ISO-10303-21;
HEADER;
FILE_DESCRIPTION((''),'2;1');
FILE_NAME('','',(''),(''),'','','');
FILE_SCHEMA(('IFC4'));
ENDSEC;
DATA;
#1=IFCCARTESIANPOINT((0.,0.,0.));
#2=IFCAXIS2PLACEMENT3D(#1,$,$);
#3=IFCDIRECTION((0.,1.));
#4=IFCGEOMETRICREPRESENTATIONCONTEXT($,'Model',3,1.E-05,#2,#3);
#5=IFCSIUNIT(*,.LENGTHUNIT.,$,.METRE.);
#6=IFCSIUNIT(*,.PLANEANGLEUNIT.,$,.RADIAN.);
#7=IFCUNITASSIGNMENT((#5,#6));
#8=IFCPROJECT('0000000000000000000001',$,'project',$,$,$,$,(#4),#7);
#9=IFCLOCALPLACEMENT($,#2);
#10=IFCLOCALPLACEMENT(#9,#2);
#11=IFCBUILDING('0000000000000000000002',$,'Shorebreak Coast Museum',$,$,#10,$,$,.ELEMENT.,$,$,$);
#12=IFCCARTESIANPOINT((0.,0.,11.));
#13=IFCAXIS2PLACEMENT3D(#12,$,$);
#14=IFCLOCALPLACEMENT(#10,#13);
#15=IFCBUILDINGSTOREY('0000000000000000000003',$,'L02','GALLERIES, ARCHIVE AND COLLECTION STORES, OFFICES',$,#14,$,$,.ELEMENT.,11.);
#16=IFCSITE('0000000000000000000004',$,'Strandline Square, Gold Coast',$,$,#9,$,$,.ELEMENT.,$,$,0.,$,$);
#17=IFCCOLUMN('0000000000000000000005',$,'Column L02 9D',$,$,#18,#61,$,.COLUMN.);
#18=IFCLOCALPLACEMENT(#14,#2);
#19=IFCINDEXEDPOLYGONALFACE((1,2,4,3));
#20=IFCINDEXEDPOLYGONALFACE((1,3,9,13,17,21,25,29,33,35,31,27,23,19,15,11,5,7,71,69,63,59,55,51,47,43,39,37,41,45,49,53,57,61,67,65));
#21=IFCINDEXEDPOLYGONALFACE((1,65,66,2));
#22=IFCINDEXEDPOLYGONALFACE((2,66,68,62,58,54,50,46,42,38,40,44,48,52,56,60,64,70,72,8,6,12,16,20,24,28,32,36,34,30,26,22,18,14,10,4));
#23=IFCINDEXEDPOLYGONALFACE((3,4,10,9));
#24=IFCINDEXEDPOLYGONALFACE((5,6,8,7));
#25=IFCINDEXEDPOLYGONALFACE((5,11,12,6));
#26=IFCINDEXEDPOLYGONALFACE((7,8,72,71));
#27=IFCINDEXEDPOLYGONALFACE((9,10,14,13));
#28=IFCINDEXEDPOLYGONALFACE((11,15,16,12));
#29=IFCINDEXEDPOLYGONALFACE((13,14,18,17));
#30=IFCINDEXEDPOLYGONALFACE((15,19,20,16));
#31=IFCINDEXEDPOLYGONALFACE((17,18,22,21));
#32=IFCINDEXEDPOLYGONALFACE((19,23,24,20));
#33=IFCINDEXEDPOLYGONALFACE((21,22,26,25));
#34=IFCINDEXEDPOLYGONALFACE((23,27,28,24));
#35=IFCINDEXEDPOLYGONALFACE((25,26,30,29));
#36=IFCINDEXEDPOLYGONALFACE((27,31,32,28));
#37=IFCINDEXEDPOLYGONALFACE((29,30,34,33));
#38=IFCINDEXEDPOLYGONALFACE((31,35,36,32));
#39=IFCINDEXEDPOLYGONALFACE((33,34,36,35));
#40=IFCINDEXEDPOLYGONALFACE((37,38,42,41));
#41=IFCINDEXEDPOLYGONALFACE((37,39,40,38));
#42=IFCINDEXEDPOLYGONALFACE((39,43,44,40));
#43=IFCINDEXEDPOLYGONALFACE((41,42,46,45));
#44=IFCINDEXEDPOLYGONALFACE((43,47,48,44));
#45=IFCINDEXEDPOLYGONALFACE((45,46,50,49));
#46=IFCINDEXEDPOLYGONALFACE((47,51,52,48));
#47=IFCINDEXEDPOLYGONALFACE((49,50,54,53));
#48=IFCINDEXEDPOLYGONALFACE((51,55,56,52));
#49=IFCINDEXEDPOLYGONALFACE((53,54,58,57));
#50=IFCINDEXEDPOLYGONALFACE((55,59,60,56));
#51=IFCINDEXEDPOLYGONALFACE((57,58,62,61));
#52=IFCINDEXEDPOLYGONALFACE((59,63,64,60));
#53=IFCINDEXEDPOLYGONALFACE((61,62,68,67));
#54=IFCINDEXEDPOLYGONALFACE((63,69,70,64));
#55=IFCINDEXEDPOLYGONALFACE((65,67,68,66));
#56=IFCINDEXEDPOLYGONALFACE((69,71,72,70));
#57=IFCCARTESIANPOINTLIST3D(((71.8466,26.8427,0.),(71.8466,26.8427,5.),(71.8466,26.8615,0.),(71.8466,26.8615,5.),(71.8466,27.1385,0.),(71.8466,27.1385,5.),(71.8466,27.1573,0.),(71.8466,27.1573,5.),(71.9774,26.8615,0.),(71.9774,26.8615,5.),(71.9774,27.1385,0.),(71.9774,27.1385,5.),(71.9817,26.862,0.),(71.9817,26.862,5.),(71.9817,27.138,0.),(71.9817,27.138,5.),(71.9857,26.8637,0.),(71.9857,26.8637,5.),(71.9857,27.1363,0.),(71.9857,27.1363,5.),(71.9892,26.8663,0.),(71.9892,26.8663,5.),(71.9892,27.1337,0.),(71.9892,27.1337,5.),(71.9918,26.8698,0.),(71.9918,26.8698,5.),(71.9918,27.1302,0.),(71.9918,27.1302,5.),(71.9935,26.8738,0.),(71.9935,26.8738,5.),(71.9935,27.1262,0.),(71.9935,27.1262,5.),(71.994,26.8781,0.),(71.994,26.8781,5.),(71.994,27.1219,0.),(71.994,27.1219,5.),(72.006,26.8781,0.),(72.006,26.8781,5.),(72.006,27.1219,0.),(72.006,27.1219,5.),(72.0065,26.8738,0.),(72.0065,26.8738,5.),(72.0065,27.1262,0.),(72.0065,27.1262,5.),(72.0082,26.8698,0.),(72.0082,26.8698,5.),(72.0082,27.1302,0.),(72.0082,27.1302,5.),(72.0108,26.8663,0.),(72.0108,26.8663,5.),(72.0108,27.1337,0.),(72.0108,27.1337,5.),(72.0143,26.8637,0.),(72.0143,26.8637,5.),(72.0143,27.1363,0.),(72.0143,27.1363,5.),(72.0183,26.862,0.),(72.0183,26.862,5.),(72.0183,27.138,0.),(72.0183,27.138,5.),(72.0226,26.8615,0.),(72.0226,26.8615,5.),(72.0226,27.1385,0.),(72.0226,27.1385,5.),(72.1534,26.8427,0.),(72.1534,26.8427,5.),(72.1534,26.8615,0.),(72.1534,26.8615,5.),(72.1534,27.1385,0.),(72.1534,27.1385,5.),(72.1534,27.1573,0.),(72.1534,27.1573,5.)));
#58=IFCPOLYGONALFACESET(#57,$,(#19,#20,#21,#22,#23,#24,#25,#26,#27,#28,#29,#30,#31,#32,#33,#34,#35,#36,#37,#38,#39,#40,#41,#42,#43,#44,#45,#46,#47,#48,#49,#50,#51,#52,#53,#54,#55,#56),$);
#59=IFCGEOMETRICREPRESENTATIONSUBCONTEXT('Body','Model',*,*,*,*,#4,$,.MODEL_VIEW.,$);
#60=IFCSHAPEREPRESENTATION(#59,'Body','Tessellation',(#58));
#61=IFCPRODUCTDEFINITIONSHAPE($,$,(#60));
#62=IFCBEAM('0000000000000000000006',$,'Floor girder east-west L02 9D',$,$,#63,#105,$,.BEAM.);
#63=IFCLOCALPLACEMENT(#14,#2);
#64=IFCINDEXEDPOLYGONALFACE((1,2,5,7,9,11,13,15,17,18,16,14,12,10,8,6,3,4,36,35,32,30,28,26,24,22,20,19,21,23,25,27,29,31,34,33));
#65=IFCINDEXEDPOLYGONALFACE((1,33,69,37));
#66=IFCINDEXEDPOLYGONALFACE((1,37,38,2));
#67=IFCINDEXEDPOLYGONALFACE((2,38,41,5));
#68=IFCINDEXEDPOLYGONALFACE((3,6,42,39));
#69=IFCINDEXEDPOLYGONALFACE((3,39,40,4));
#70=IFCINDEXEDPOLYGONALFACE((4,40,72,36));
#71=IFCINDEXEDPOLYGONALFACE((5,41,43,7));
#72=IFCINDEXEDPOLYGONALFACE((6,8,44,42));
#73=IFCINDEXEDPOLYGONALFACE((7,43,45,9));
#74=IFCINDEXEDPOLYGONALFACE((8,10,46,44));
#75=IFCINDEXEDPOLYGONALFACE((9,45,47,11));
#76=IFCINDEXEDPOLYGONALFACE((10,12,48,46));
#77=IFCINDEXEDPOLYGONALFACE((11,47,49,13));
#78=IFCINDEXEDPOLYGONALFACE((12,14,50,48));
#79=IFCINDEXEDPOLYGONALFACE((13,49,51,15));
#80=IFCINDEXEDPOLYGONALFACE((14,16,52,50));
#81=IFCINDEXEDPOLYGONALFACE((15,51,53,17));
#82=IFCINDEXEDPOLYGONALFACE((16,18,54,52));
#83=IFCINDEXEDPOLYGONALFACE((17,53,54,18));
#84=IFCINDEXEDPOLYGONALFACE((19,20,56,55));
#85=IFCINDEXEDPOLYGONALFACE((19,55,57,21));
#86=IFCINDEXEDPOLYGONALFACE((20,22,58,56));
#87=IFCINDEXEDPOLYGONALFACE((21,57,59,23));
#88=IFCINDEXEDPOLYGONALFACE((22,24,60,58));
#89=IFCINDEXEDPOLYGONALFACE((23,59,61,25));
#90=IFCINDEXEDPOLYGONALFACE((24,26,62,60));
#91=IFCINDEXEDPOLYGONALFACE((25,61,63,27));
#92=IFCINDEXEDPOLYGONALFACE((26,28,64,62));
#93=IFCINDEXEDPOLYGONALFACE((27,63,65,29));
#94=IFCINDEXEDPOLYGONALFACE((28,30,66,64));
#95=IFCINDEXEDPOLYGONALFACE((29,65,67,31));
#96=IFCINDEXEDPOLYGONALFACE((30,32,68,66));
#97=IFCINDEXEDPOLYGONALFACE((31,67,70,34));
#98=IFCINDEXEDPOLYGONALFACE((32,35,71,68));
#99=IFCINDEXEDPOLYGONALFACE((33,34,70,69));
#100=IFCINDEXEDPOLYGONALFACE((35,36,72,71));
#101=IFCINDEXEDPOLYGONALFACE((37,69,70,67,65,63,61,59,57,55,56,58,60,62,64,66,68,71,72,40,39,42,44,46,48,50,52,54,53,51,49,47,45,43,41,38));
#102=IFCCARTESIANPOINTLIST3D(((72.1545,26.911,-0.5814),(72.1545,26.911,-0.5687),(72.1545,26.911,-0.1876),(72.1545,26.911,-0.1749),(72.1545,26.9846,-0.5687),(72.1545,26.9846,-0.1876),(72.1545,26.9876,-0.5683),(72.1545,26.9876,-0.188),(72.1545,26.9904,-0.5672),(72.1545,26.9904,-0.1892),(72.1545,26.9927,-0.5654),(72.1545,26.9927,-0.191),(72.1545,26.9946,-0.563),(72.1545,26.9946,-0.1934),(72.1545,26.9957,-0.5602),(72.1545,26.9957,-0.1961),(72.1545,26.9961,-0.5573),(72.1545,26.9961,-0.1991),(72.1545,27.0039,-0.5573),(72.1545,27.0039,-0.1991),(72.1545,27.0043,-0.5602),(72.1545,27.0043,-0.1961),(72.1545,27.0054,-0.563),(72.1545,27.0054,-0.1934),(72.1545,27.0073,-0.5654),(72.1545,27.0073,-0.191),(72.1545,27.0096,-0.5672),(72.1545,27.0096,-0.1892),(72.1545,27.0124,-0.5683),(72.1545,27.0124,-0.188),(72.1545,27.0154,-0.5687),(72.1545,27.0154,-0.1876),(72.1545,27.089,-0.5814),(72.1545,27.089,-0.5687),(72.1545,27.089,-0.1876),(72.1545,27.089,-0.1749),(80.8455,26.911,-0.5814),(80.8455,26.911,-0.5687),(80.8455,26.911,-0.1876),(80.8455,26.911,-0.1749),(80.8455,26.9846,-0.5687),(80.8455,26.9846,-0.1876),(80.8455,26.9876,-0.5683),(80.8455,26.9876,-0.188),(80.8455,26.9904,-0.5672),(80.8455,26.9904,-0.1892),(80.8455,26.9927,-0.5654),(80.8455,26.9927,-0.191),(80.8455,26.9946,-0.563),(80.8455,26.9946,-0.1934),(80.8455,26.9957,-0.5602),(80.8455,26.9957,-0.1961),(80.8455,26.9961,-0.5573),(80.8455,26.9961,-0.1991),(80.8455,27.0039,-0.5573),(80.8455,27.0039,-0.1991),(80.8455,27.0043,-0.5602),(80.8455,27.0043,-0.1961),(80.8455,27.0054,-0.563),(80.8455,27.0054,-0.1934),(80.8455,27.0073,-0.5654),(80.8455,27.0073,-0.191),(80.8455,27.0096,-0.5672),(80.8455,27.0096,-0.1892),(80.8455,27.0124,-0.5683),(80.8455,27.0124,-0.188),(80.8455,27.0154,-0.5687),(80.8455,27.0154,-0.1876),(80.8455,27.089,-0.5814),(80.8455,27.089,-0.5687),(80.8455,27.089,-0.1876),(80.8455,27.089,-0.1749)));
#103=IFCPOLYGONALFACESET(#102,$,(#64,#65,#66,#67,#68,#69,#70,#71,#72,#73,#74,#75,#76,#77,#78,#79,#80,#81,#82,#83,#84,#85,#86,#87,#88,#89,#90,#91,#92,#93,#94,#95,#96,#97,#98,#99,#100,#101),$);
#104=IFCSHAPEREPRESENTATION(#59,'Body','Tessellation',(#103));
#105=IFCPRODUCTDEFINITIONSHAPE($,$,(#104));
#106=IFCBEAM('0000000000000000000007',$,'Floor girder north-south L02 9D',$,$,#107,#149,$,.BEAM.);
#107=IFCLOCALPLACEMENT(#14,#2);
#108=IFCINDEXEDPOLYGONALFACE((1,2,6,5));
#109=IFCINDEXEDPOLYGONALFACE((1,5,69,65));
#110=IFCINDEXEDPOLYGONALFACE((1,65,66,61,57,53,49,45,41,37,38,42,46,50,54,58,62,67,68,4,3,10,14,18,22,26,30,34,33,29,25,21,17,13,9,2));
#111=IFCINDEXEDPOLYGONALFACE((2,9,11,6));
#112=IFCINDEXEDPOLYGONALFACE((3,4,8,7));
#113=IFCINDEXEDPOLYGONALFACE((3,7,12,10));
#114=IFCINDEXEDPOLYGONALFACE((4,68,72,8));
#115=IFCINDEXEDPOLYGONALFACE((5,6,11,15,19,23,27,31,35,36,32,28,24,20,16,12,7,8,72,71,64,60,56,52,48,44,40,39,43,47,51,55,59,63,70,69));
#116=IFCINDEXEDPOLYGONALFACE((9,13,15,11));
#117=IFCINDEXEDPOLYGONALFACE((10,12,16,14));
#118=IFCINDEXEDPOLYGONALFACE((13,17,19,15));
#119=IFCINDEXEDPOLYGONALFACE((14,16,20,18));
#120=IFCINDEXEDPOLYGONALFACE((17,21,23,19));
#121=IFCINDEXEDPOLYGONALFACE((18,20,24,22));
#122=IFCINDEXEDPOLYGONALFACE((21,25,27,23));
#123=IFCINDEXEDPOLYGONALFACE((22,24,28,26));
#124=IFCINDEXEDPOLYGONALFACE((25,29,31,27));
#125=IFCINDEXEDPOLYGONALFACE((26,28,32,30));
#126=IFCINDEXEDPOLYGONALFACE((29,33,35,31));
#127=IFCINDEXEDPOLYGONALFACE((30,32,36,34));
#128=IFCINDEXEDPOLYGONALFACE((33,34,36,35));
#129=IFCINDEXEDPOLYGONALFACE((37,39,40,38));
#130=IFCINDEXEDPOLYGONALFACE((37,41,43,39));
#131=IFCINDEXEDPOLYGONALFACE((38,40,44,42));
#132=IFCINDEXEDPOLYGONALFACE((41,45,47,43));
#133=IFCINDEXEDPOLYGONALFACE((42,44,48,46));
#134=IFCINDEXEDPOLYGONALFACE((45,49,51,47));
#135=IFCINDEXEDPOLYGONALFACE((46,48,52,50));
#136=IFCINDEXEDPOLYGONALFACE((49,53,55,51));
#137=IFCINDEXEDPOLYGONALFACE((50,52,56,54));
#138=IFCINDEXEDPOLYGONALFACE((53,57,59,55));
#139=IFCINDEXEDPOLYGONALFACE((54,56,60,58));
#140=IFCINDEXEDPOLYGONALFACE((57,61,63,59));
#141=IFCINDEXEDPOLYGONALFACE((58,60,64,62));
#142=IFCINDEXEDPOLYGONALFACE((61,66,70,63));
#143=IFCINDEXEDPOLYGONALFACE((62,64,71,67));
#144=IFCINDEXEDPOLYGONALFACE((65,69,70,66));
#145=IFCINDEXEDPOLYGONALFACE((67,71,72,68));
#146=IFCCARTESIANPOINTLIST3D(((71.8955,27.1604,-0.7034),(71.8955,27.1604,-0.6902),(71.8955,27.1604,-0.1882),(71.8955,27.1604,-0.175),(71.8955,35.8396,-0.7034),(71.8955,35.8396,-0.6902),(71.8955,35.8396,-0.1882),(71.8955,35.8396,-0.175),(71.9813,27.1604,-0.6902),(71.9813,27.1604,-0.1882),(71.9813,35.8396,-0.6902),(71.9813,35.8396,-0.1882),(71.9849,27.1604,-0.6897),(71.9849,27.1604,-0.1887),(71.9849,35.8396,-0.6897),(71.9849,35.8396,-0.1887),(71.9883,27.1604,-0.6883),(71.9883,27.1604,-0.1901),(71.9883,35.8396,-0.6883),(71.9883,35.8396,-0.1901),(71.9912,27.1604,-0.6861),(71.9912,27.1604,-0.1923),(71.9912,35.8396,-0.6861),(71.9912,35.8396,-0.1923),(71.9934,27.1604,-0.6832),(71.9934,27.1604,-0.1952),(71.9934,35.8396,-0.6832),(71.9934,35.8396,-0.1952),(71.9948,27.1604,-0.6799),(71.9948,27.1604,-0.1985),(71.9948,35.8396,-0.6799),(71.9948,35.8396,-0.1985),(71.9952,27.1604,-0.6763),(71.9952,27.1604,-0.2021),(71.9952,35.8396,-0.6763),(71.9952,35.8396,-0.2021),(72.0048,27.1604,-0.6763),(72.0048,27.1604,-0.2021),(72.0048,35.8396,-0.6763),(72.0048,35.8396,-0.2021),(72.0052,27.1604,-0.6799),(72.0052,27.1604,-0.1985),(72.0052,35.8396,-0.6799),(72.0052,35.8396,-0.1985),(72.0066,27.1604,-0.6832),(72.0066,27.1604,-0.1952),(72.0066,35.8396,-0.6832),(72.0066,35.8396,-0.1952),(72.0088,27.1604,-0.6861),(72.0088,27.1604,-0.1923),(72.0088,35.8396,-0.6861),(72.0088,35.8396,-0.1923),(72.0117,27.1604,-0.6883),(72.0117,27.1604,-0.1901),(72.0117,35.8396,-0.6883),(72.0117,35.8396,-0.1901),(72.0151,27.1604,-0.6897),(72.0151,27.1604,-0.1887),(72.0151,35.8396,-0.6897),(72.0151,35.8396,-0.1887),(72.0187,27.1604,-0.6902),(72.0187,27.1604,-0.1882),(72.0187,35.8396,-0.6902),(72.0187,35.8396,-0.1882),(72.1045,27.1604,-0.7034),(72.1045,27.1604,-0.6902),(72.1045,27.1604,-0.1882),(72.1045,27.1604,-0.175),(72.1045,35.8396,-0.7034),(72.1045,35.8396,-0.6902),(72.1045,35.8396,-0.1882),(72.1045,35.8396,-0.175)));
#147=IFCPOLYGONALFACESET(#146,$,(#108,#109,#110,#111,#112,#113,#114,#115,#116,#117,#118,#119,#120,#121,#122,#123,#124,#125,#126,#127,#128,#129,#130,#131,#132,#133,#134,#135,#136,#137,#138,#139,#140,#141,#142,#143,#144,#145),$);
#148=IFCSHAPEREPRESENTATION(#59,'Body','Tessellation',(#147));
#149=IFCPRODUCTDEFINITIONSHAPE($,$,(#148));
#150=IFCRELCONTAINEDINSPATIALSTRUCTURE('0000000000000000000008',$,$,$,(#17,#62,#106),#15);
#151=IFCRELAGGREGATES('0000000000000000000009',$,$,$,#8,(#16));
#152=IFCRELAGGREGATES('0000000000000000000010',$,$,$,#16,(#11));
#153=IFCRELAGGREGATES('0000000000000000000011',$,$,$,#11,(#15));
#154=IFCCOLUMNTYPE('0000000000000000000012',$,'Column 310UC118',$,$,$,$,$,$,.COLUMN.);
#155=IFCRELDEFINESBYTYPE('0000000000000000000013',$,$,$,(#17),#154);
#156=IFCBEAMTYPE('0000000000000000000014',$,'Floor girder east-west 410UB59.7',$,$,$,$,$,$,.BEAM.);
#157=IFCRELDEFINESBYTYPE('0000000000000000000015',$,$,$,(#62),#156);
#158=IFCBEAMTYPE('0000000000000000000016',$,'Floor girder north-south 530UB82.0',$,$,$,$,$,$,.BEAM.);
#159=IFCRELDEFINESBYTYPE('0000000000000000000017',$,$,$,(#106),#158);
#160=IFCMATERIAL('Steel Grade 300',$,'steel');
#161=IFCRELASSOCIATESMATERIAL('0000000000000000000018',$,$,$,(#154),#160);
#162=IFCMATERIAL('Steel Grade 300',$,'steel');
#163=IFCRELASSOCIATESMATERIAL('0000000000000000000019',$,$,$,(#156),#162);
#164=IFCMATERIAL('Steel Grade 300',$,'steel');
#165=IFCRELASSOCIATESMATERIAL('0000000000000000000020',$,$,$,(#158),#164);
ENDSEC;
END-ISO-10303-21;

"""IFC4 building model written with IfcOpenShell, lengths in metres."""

from ifc_helpers import new_model, si_unit, direction, frame, origin, origin_2d, place, context, subcontext, project, spatial, i_section, extrude, material, material_profile, profile_set, type_object, element, save


model = new_model("IFC4")

# Units and contexts
model_context = context("Model", 3, precision=1e-05, world=origin(), true_north=direction((0.0, 1.0)))
body_context = subcontext(model_context, "Body", "Model", "MODEL_VIEW")
ifc_project = project(units=[si_unit("LENGTHUNIT", "METRE"), si_unit("PLANEANGLEUNIT", "RADIAN")], contexts=[model_context])

# Site, building, storey
site_placement = place(None, origin())
site = spatial("IfcSite", under=ifc_project, at=site_placement, Name="Strandline Square, Gold Coast", CompositionType="ELEMENT", RefElevation=0.0)
building_placement = place(site_placement, origin())
building = spatial("IfcBuilding", under=site, at=building_placement, Name="Shorebreak Coast Museum", CompositionType="ELEMENT")
storey_placement = place(building_placement, frame((0.0, 0.0, 11.0)))
storey = spatial("IfcBuildingStorey", under=building, at=storey_placement, Name="L02", Description="GALLERIES, ARCHIVE AND COLLECTION STORES, OFFICES", CompositionType="ELEMENT", Elevation=11.0)

# Column
ifc_material_1 = material(Name="Steel Grade 300", Category="steel")
ifc_material_profile_1 = material_profile(ifc_material_1, i_section(OverallWidth=0.3069, OverallDepth=0.3147, WebThickness=0.012, FlangeThickness=0.0188, FilletRadius=0.0166, at=origin_2d()), Name="310UC118")
ifc_profile_set_1 = profile_set([ifc_material_profile_1], Name="Steel Grade 300")
column_type = type_object("IfcColumnType", Name="Column 310UC118", PredefinedType="COLUMN", material=ifc_profile_set_1)
column_placement = place(storey_placement, frame((72.0, 27.0, 0.0), z_axis=(0.0, 0.0, 1.0), x_axis=(1.0, 0.0, 0.0)))
element("IfcColumn", 1, at=column_placement, inside=storey, type_object=column_type, Name="Column L02 9D", PredefinedType="COLUMN", context=body_context, shape_type="SweptSolid", body=[
    extrude(i_section(OverallWidth=0.3069, OverallDepth=0.3147, WebThickness=0.012, FlangeThickness=0.0188, FilletRadius=0.0166, at=origin_2d()), origin(), (0.0, 0.0, 1.0), 5.0),
])

# Beams
ifc_material_2 = material(Name="Steel Grade 300", Category="steel")
ifc_material_profile_2 = material_profile(ifc_material_2, i_section(OverallWidth=0.178, OverallDepth=0.4065, WebThickness=0.0078, FlangeThickness=0.0127, FilletRadius=0.0115, at=origin_2d()), Name="410UB59.7")
ifc_profile_set_2 = profile_set([ifc_material_profile_2], Name="Steel Grade 300")
beam_type_1 = type_object("IfcBeamType", Name="Floor girder east-west 410UB59.7", PredefinedType="BEAM", material=ifc_profile_set_2)
beam_1_placement = place(storey_placement, frame((72.1545, 27.0, -0.3782), z_axis=(1.0, 0.0, 0.0), x_axis=(0.0, 1.0, 0.0)))
element("IfcBeam", 2, at=beam_1_placement, inside=storey, type_object=beam_type_1, Name="Floor girder east-west L02 9D", PredefinedType="BEAM", context=body_context, shape_type="SweptSolid", body=[
    extrude(i_section(OverallWidth=0.178, OverallDepth=0.4065, WebThickness=0.0078, FlangeThickness=0.0127, FilletRadius=0.0115, at=origin_2d()), origin(), (0.0, 0.0, 1.0), 8.6909),
])
ifc_material_3 = material(Name="Steel Grade 300", Category="steel")
ifc_material_profile_3 = material_profile(ifc_material_3, i_section(OverallWidth=0.209, OverallDepth=0.5283, WebThickness=0.0095, FlangeThickness=0.0132, FilletRadius=0.0139, at=origin_2d()), Name="530UB82.0")
ifc_profile_set_3 = profile_set([ifc_material_profile_3], Name="Steel Grade 300")
beam_type_2 = type_object("IfcBeamType", Name="Floor girder north-south 530UB82.0", PredefinedType="BEAM", material=ifc_profile_set_3)
beam_2_placement = place(storey_placement, frame((72.0, 27.1604, -0.4392), z_axis=(0.0, 1.0, 0.0), x_axis=(-1.0, 0.0, 0.0)))
element("IfcBeam", 3, at=beam_2_placement, inside=storey, type_object=beam_type_2, Name="Floor girder north-south L02 9D", PredefinedType="BEAM", context=body_context, shape_type="SweptSolid", body=[
    extrude(i_section(OverallWidth=0.209, OverallDepth=0.5283, WebThickness=0.0095, FlangeThickness=0.0132, FilletRadius=0.0139, at=origin_2d()), origin(), (0.0, 0.0, 1.0), 8.6792),
])

save(model, "model.ifc")
